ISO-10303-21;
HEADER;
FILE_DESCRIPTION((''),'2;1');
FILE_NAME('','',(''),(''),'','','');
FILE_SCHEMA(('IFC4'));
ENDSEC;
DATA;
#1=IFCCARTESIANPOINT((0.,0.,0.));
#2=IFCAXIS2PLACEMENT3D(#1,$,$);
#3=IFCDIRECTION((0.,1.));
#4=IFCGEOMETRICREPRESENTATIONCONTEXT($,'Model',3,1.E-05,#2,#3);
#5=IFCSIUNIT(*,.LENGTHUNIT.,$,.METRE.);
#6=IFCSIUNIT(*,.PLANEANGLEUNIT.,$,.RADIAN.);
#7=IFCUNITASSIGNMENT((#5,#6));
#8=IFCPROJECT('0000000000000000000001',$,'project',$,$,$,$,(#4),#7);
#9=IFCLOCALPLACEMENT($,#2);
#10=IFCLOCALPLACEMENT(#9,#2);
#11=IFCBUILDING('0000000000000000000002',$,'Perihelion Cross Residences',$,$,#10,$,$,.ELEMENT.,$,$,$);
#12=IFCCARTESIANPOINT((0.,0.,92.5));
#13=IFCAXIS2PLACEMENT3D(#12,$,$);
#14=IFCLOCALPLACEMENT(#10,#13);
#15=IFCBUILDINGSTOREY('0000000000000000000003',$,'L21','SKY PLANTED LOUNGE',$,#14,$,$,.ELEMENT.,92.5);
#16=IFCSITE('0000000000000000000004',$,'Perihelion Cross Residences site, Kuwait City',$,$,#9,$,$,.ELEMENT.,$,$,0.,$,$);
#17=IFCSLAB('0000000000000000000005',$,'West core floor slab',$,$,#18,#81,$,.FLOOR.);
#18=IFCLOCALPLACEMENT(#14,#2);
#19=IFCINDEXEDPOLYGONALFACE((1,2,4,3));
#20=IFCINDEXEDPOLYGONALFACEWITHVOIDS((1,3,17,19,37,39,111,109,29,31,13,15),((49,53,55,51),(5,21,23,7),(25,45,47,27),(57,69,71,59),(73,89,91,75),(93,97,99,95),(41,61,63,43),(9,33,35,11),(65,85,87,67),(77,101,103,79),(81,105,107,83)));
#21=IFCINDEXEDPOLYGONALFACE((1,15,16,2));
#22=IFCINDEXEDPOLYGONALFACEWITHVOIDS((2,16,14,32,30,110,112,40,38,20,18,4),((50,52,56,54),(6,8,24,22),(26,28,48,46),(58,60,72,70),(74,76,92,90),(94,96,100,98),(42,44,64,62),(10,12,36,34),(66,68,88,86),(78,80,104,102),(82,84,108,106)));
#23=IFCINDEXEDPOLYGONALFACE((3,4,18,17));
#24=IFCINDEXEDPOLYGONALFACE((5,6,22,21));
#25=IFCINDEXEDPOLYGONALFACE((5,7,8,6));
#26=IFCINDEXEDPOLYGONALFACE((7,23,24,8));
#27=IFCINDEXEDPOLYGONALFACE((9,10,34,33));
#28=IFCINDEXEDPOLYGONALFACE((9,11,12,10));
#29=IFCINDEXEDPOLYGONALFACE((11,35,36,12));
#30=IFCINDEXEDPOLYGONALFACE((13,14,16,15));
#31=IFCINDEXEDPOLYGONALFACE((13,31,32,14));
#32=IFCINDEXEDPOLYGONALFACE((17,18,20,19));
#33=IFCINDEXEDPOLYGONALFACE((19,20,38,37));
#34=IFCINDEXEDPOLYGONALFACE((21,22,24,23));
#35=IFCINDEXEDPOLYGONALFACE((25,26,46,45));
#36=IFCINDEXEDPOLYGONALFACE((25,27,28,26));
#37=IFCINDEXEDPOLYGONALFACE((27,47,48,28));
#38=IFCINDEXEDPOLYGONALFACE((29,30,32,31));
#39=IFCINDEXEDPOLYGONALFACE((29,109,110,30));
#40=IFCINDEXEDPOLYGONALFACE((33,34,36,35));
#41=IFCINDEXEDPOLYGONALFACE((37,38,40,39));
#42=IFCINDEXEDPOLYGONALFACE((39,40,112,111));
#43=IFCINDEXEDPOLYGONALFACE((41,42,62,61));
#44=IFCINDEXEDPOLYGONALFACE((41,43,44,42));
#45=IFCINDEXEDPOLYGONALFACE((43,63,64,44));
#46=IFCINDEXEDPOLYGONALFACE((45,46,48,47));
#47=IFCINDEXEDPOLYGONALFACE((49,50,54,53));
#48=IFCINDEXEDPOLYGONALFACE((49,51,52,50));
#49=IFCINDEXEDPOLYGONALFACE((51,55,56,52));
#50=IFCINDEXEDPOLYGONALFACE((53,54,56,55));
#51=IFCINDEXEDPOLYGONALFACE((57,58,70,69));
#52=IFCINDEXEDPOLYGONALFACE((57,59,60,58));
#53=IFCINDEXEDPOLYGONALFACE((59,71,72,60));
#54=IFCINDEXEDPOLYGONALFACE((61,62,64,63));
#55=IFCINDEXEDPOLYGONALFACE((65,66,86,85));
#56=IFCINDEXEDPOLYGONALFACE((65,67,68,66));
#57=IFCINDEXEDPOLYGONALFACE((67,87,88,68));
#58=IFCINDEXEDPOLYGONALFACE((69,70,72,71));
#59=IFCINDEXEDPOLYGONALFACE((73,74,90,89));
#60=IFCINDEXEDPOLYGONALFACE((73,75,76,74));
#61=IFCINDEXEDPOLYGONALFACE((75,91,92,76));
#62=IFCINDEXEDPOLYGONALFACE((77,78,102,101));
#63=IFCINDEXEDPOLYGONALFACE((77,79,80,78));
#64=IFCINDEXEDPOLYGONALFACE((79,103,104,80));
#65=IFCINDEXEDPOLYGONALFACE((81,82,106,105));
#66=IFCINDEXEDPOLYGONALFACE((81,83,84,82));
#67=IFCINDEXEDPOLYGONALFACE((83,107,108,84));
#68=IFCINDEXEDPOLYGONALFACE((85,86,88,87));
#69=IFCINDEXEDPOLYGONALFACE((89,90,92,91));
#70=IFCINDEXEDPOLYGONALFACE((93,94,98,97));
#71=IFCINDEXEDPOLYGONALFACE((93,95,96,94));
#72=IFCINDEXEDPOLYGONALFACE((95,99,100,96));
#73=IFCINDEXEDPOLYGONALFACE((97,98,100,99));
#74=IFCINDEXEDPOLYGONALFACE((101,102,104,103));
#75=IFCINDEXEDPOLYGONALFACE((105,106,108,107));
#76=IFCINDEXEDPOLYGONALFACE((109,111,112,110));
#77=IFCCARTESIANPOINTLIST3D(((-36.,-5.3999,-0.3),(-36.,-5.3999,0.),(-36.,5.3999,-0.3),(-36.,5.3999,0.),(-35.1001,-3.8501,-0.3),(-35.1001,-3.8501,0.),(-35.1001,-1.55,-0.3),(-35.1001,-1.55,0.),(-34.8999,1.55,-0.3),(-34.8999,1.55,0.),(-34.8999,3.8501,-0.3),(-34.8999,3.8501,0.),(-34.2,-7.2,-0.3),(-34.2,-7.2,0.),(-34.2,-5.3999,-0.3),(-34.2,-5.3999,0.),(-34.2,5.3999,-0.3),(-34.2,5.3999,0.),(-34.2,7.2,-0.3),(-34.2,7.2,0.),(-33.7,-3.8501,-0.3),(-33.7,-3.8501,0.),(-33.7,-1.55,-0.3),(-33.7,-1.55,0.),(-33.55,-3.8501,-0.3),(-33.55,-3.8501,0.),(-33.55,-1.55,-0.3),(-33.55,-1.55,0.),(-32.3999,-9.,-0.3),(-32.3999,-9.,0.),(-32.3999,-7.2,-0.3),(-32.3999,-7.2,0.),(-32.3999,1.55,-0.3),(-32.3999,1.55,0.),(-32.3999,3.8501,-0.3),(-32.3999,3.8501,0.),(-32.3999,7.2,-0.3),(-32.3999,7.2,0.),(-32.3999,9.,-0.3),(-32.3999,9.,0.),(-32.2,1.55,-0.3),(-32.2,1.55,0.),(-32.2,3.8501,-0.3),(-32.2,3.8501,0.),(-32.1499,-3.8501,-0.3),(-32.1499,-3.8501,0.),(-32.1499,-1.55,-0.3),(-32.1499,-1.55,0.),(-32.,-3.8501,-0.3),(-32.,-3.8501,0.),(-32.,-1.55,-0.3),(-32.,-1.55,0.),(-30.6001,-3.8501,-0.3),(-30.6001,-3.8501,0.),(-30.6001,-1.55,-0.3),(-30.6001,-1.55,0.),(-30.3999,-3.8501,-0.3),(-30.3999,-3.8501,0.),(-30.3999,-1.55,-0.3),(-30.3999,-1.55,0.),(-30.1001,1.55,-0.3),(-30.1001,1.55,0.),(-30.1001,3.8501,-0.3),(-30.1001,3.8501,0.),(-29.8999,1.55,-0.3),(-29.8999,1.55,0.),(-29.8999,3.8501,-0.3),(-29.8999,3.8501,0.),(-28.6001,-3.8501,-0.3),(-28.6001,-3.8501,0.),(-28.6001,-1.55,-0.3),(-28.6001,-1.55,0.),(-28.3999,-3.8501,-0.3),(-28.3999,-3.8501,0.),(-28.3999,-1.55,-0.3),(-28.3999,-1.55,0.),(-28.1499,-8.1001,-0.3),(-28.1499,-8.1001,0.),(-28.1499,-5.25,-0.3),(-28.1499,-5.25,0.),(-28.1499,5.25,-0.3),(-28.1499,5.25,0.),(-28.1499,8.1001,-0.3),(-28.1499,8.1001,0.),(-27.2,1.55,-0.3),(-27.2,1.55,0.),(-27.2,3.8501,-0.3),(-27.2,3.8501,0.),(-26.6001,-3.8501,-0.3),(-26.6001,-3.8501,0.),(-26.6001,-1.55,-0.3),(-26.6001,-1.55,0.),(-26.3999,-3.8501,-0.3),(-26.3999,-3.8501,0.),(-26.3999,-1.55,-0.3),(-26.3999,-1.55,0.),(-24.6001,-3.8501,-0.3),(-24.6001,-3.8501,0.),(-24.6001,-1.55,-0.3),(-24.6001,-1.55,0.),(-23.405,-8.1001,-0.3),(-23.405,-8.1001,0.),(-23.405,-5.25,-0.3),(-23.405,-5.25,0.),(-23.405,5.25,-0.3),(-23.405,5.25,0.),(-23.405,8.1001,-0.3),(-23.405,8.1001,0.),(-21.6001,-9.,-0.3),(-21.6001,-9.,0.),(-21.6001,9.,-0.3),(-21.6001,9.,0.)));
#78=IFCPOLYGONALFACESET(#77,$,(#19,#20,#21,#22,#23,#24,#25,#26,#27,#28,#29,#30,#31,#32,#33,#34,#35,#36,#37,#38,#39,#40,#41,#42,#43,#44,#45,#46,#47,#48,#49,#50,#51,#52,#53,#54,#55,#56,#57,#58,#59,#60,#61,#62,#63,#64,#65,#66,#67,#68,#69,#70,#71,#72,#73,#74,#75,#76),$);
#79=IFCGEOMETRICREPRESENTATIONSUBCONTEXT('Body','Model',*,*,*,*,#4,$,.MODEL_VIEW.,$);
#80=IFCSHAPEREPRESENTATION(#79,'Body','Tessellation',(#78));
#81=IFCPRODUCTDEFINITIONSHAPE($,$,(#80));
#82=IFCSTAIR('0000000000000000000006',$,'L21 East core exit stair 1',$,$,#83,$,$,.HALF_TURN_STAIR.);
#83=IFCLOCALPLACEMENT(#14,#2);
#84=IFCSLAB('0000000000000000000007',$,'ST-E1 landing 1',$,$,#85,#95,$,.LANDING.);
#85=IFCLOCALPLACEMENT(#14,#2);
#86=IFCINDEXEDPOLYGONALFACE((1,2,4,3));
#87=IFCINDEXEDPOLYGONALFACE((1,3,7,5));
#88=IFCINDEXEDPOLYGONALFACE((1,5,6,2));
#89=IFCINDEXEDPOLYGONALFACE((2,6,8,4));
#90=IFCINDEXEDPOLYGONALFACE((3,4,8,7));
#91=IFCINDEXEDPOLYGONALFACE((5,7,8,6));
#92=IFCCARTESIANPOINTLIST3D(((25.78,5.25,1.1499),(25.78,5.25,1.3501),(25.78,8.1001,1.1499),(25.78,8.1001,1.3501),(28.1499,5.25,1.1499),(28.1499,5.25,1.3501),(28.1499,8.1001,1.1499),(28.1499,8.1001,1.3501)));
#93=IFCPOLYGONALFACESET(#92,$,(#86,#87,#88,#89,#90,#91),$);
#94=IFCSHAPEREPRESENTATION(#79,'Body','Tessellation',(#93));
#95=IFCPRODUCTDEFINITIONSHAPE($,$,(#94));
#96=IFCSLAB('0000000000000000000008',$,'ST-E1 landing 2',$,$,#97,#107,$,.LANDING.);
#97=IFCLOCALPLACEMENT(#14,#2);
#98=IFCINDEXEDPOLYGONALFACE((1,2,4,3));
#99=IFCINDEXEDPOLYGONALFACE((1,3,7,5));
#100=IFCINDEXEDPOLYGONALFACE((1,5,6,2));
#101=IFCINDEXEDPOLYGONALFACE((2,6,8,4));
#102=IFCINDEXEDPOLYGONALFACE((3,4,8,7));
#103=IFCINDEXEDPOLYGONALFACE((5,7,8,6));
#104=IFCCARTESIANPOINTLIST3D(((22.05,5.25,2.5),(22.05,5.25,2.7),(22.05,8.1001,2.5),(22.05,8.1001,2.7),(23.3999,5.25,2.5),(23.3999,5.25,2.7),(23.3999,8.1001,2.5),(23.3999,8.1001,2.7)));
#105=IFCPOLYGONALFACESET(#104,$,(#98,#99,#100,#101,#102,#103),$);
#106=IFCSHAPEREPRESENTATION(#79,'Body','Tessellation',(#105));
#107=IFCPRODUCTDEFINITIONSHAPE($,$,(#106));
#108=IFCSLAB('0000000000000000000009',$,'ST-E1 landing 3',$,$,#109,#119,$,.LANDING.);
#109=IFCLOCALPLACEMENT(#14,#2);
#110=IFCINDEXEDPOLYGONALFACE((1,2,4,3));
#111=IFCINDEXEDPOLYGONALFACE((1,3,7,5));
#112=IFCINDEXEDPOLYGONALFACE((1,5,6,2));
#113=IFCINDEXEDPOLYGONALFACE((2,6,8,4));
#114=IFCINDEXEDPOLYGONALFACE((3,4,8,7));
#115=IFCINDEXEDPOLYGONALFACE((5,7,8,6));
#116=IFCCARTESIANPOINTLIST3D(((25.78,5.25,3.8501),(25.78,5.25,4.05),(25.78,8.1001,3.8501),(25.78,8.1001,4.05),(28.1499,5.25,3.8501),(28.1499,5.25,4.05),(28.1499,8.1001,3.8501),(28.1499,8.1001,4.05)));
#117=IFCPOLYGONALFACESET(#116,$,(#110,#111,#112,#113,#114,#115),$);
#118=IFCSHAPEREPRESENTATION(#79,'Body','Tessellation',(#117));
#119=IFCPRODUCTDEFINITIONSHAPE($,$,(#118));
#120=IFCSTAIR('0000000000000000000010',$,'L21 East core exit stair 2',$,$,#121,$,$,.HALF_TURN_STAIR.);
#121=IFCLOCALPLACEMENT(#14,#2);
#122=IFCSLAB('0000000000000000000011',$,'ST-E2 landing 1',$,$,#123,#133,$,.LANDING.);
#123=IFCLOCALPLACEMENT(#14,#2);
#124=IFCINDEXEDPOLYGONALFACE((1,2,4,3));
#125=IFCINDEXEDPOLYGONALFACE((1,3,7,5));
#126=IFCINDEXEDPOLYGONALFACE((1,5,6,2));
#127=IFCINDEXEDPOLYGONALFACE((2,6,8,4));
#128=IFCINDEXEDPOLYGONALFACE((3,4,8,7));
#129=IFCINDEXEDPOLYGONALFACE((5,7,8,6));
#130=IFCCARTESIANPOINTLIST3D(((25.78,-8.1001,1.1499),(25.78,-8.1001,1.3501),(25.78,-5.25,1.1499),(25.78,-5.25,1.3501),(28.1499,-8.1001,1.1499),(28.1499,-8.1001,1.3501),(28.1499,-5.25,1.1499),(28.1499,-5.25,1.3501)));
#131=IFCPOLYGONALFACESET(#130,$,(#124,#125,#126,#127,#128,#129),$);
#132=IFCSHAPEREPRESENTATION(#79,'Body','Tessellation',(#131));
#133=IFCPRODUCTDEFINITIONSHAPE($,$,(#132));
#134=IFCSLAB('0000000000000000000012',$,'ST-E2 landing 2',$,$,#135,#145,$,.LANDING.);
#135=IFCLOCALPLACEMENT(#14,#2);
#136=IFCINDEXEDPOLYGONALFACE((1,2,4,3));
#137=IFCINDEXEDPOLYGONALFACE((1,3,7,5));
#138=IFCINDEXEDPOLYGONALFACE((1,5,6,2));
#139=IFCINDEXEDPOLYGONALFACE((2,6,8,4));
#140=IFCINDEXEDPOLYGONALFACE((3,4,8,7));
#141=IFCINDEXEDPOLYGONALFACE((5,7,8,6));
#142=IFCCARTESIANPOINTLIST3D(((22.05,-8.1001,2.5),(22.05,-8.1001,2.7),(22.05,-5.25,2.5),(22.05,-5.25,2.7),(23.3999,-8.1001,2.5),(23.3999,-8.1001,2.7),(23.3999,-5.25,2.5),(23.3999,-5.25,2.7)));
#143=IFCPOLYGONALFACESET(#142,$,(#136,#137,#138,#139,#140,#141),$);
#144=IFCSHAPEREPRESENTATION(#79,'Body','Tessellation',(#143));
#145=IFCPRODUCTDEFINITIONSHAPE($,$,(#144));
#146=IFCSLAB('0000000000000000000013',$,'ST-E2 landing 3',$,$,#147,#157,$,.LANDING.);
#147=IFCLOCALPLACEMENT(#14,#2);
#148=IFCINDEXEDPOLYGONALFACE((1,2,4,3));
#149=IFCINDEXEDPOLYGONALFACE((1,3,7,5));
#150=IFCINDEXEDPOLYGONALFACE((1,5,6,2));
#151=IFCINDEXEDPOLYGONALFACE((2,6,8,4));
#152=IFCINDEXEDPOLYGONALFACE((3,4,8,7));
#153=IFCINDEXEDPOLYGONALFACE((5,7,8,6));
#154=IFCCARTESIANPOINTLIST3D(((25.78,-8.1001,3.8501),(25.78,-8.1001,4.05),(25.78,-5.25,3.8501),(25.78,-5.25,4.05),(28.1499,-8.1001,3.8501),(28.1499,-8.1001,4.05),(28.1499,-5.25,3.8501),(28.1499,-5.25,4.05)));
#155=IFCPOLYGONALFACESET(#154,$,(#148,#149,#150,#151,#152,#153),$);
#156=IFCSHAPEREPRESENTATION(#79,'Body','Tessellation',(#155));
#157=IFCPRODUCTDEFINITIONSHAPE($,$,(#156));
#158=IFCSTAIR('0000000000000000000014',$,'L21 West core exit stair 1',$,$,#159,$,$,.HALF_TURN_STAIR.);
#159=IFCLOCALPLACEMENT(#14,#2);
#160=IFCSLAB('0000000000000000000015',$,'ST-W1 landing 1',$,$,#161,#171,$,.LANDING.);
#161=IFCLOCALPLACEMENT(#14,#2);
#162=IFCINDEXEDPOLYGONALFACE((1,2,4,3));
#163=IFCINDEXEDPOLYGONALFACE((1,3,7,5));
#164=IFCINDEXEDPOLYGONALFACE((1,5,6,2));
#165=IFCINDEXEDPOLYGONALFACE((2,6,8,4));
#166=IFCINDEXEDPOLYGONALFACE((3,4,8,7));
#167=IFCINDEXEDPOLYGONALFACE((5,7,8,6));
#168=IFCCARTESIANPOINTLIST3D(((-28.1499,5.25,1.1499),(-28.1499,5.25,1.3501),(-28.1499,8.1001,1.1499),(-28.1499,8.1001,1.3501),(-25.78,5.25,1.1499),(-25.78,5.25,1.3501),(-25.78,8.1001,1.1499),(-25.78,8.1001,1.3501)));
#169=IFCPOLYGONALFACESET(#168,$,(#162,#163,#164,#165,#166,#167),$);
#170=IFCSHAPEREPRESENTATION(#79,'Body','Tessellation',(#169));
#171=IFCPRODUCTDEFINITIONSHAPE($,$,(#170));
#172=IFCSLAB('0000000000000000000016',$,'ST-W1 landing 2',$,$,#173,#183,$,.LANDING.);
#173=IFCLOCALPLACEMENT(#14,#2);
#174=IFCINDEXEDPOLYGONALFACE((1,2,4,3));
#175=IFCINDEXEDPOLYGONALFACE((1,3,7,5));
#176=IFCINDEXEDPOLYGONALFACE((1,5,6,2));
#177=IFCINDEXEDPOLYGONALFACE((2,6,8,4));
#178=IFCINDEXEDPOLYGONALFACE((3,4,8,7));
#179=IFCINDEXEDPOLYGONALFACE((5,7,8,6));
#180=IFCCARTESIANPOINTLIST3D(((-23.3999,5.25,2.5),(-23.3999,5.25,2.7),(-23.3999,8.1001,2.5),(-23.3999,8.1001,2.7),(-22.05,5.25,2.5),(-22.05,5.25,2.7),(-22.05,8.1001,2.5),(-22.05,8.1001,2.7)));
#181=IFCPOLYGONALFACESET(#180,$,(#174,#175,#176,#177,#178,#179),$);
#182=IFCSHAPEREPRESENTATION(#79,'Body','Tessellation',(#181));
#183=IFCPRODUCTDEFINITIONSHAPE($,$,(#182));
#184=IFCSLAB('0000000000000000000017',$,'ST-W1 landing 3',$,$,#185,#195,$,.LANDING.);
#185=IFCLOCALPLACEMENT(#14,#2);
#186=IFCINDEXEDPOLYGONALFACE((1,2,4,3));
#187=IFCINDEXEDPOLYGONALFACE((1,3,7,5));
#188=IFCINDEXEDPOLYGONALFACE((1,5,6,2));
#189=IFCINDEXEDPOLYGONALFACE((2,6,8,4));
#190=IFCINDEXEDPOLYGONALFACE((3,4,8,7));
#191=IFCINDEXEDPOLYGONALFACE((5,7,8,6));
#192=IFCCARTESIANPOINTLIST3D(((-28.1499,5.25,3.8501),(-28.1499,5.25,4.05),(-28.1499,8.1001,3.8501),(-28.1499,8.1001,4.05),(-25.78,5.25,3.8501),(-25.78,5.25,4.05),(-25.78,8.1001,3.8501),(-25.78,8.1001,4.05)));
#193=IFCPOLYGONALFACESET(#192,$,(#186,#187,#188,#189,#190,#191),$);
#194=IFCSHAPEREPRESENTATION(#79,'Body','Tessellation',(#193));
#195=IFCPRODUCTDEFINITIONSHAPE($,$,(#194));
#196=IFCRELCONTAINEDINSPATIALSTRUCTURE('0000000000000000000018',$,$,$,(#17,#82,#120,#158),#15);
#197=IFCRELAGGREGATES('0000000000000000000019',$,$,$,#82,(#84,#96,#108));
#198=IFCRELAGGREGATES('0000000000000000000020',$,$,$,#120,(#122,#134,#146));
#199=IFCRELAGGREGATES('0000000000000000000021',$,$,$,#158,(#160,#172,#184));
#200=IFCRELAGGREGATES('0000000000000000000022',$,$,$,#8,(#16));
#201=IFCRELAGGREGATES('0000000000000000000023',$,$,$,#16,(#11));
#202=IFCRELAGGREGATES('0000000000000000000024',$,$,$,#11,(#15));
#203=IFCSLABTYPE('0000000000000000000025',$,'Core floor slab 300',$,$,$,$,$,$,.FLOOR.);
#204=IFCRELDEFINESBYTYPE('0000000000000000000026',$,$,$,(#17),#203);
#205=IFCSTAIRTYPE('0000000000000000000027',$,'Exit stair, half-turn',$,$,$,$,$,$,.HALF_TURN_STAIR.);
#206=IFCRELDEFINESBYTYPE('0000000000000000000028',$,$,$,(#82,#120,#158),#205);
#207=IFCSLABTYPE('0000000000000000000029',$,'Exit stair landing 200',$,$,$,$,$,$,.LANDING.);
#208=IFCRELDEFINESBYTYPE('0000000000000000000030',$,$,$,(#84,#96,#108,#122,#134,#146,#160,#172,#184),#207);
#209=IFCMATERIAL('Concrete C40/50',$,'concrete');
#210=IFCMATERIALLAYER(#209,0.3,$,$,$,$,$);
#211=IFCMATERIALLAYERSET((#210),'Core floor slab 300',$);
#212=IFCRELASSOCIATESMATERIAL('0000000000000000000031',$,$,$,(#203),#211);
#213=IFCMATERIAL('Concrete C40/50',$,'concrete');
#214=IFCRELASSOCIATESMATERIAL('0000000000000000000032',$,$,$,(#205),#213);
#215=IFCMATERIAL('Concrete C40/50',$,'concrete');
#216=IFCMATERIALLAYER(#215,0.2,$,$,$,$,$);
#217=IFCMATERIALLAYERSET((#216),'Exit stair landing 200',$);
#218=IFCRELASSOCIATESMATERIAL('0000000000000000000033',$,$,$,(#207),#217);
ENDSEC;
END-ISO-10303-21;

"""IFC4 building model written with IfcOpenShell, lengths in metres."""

from ifc_helpers import new_model, si_unit, direction, frame, origin, place, context, subcontext, project, spatial, polyline, outline, extrude, material, layer, layer_set, type_object, element, aggregate, save


model = new_model("IFC4")

# Units and contexts
model_context = context("Model", 3, precision=1e-05, world=origin(), true_north=direction((0.0, 1.0)))
body_context = subcontext(model_context, "Body", "Model", "MODEL_VIEW")
ifc_project = project(units=[si_unit("LENGTHUNIT", "METRE"), si_unit("PLANEANGLEUNIT", "RADIAN")], contexts=[model_context])

# Site, building, storey
site_placement = place(None, origin())
site = spatial("IfcSite", under=ifc_project, at=site_placement, Name="Perihelion Cross Residences site, Kuwait City", CompositionType="ELEMENT", RefElevation=0.0)
building_placement = place(site_placement, origin())
building = spatial("IfcBuilding", under=site, at=building_placement, Name="Perihelion Cross Residences", CompositionType="ELEMENT")
storey_placement = place(building_placement, frame((0.0, 0.0, 92.5)))
storey = spatial("IfcBuildingStorey", under=building, at=storey_placement, Name="L21", Description="SKY PLANTED LOUNGE", CompositionType="ELEMENT", Elevation=92.5)

# Slab
ifc_material_1 = material(Name="Concrete C40/50", Category="concrete")
ifc_layer_1 = layer(ifc_material_1, 0.3)
ifc_layer_set_1 = layer_set([ifc_layer_1], Name="Core floor slab 300")
slab_type_1 = type_object("IfcSlabType", Name="Core floor slab 300", PredefinedType="FLOOR", material=ifc_layer_set_1)
slab_1_placement = place(storey_placement, frame((0.0, 0.0, -0.3)))
element("IfcSlab", 1, at=slab_1_placement, inside=storey, type_object=slab_type_1, Name="West core floor slab", PredefinedType="FLOOR", context=body_context, shape_type="SweptSolid", body=[
    extrude(outline(polyline([(-32.3999, 7.2), (-34.2, 7.2), (-34.2, 5.3999), (-36.0, 5.3999), (-36.0, -5.3999), (-34.2, -5.3999), (-34.2, -7.2), (-32.3999, -7.2), (-32.3999, -9.0), (-21.6001, -9.0), (-21.6001, 9.0), (-32.3999, 9.0), (-32.3999, 7.2)]), holes=[polyline([(-23.405, -8.1001), (-28.1499, -8.1001), (-28.1499, -5.25), (-23.405, -5.25), (-23.405, -8.1001)]), polyline([(-24.6001, -1.55), (-24.6001, -3.8501), (-26.3999, -3.8501), (-26.3999, -1.55), (-24.6001, -1.55)]), polyline([(-26.6001, -1.55), (-26.6001, -3.8501), (-28.3999, -3.8501), (-28.3999, -1.55), (-26.6001, -1.55)]), polyline([(-30.3999, -1.55), (-28.6001, -1.55), (-28.6001, -3.8501), (-30.3999, -3.8501), (-30.3999, -1.55)]), polyline([(-29.8999, 3.8501), (-27.2, 3.8501), (-27.2, 1.55), (-29.8999, 1.55), (-29.8999, 3.8501)]), polyline([(-23.405, 5.25), (-28.1499, 5.25), (-28.1499, 8.1001), (-23.405, 8.1001), (-23.405, 5.25)]), polyline([(-32.0, -1.55), (-30.6001, -1.55), (-30.6001, -3.8501), (-32.0, -3.8501), (-32.0, -1.55)]), polyline([(-33.55, -1.55), (-32.1499, -1.55), (-32.1499, -3.8501), (-33.55, -3.8501), (-33.55, -1.55)]), polyline([(-33.7, -1.55), (-33.7, -3.8501), (-35.1001, -3.8501), (-35.1001, -1.55), (-33.7, -1.55)]), polyline([(-32.2, 3.8501), (-30.1001, 3.8501), (-30.1001, 1.55), (-32.2, 1.55), (-32.2, 3.8501)]), polyline([(-34.8999, 3.8501), (-32.3999, 3.8501), (-32.3999, 1.55), (-34.8999, 1.55), (-34.8999, 3.8501)])]), origin(), (0.0, 0.0, 1.0), 0.3),
])

# Stairs, slabs
ifc_material_2 = material(Name="Concrete C40/50", Category="concrete")
stair_type = type_object("IfcStairType", Name="Exit stair, half-turn", PredefinedType="HALF_TURN_STAIR", material=ifc_material_2)
stair_1_placement = place(storey_placement, origin())
stair_1 = element("IfcStair", 2, at=stair_1_placement, inside=storey, type_object=stair_type, Name="L21 East core exit stair 1", PredefinedType="HALF_TURN_STAIR")
ifc_material_3 = material(Name="Concrete C40/50", Category="concrete")
ifc_layer_2 = layer(ifc_material_3, 0.2)
ifc_layer_set_2 = layer_set([ifc_layer_2], Name="Exit stair landing 200")
slab_type_2 = type_object("IfcSlabType", Name="Exit stair landing 200", PredefinedType="LANDING", material=ifc_layer_set_2)
slab_2_placement = place(storey_placement, frame((0.0, 0.0, 1.1499)))
slab_2 = element("IfcSlab", 3, at=slab_2_placement, type_object=slab_type_2, Name="ST-E1 landing 1", PredefinedType="LANDING", context=body_context, shape_type="SweptSolid", body=[
    extrude(outline(polyline([(25.78, 5.25), (28.1499, 5.25), (28.1499, 8.1001), (25.78, 8.1001), (25.78, 5.25)])), origin(), (0.0, 0.0, 1.0), 0.2002),
])
slab_3_placement = place(storey_placement, frame((0.0, 0.0, 2.5)))
slab_3 = element("IfcSlab", 4, at=slab_3_placement, type_object=slab_type_2, Name="ST-E1 landing 2", PredefinedType="LANDING", context=body_context, shape_type="SweptSolid", body=[
    extrude(outline(polyline([(22.05, 5.25), (23.3999, 5.25), (23.3999, 8.1001), (22.05, 8.1001), (22.05, 5.25)])), origin(), (0.0, 0.0, 1.0), 0.2),
])
slab_4_placement = place(storey_placement, frame((0.0, 0.0, 3.8501)))
slab_4 = element("IfcSlab", 5, at=slab_4_placement, type_object=slab_type_2, Name="ST-E1 landing 3", PredefinedType="LANDING", context=body_context, shape_type="SweptSolid", body=[
    extrude(outline(polyline([(25.78, 5.25), (28.1499, 5.25), (28.1499, 8.1001), (25.78, 8.1001), (25.78, 5.25)])), origin(), (0.0, 0.0, 1.0), 0.2),
])
aggregate(stair_1, [slab_2, slab_3, slab_4])
stair_2_placement = place(storey_placement, origin())
stair_2 = element("IfcStair", 6, at=stair_2_placement, inside=storey, type_object=stair_type, Name="L21 East core exit stair 2", PredefinedType="HALF_TURN_STAIR")
slab_5_placement = place(storey_placement, frame((0.0, 0.0, 1.1499)))
slab_5 = element("IfcSlab", 7, at=slab_5_placement, type_object=slab_type_2, Name="ST-E2 landing 1", PredefinedType="LANDING", context=body_context, shape_type="SweptSolid", body=[
    extrude(outline(polyline([(25.78, -8.1001), (28.1499, -8.1001), (28.1499, -5.25), (25.78, -5.25), (25.78, -8.1001)])), origin(), (0.0, 0.0, 1.0), 0.2002),
])
slab_6_placement = place(storey_placement, frame((0.0, 0.0, 2.5)))
slab_6 = element("IfcSlab", 8, at=slab_6_placement, type_object=slab_type_2, Name="ST-E2 landing 2", PredefinedType="LANDING", context=body_context, shape_type="SweptSolid", body=[
    extrude(outline(polyline([(22.05, -8.1001), (23.3999, -8.1001), (23.3999, -5.25), (22.05, -5.25), (22.05, -8.1001)])), origin(), (0.0, 0.0, 1.0), 0.2),
])
slab_7_placement = place(storey_placement, frame((0.0, 0.0, 3.8501)))
slab_7 = element("IfcSlab", 9, at=slab_7_placement, type_object=slab_type_2, Name="ST-E2 landing 3", PredefinedType="LANDING", context=body_context, shape_type="SweptSolid", body=[
    extrude(outline(polyline([(25.78, -8.1001), (28.1499, -8.1001), (28.1499, -5.25), (25.78, -5.25), (25.78, -8.1001)])), origin(), (0.0, 0.0, 1.0), 0.2),
])
aggregate(stair_2, [slab_5, slab_6, slab_7])
stair_3_placement = place(storey_placement, origin())
stair_3 = element("IfcStair", 10, at=stair_3_placement, inside=storey, type_object=stair_type, Name="L21 West core exit stair 1", PredefinedType="HALF_TURN_STAIR")
slab_8_placement = place(storey_placement, frame((0.0, 0.0, 1.1499)))
slab_8 = element("IfcSlab", 11, at=slab_8_placement, type_object=slab_type_2, Name="ST-W1 landing 1", PredefinedType="LANDING", context=body_context, shape_type="SweptSolid", body=[
    extrude(outline(polyline([(-25.78, 8.1001), (-28.1499, 8.1001), (-28.1499, 5.25), (-25.78, 5.25), (-25.78, 8.1001)])), origin(), (0.0, 0.0, 1.0), 0.2002),
])
slab_9_placement = place(storey_placement, frame((0.0, 0.0, 2.5)))
slab_9 = element("IfcSlab", 12, at=slab_9_placement, type_object=slab_type_2, Name="ST-W1 landing 2", PredefinedType="LANDING", context=body_context, shape_type="SweptSolid", body=[
    extrude(outline(polyline([(-22.05, 8.1001), (-23.3999, 8.1001), (-23.3999, 5.25), (-22.05, 5.25), (-22.05, 8.1001)])), origin(), (0.0, 0.0, 1.0), 0.2),
])
slab_10_placement = place(storey_placement, frame((0.0, 0.0, 3.8501)))
slab_10 = element("IfcSlab", 13, at=slab_10_placement, type_object=slab_type_2, Name="ST-W1 landing 3", PredefinedType="LANDING", context=body_context, shape_type="SweptSolid", body=[
    extrude(outline(polyline([(-25.78, 8.1001), (-28.1499, 8.1001), (-28.1499, 5.25), (-25.78, 5.25), (-25.78, 8.1001)])), origin(), (0.0, 0.0, 1.0), 0.2),
])
aggregate(stair_3, [slab_8, slab_9, slab_10])

save(model, "model.ifc")
